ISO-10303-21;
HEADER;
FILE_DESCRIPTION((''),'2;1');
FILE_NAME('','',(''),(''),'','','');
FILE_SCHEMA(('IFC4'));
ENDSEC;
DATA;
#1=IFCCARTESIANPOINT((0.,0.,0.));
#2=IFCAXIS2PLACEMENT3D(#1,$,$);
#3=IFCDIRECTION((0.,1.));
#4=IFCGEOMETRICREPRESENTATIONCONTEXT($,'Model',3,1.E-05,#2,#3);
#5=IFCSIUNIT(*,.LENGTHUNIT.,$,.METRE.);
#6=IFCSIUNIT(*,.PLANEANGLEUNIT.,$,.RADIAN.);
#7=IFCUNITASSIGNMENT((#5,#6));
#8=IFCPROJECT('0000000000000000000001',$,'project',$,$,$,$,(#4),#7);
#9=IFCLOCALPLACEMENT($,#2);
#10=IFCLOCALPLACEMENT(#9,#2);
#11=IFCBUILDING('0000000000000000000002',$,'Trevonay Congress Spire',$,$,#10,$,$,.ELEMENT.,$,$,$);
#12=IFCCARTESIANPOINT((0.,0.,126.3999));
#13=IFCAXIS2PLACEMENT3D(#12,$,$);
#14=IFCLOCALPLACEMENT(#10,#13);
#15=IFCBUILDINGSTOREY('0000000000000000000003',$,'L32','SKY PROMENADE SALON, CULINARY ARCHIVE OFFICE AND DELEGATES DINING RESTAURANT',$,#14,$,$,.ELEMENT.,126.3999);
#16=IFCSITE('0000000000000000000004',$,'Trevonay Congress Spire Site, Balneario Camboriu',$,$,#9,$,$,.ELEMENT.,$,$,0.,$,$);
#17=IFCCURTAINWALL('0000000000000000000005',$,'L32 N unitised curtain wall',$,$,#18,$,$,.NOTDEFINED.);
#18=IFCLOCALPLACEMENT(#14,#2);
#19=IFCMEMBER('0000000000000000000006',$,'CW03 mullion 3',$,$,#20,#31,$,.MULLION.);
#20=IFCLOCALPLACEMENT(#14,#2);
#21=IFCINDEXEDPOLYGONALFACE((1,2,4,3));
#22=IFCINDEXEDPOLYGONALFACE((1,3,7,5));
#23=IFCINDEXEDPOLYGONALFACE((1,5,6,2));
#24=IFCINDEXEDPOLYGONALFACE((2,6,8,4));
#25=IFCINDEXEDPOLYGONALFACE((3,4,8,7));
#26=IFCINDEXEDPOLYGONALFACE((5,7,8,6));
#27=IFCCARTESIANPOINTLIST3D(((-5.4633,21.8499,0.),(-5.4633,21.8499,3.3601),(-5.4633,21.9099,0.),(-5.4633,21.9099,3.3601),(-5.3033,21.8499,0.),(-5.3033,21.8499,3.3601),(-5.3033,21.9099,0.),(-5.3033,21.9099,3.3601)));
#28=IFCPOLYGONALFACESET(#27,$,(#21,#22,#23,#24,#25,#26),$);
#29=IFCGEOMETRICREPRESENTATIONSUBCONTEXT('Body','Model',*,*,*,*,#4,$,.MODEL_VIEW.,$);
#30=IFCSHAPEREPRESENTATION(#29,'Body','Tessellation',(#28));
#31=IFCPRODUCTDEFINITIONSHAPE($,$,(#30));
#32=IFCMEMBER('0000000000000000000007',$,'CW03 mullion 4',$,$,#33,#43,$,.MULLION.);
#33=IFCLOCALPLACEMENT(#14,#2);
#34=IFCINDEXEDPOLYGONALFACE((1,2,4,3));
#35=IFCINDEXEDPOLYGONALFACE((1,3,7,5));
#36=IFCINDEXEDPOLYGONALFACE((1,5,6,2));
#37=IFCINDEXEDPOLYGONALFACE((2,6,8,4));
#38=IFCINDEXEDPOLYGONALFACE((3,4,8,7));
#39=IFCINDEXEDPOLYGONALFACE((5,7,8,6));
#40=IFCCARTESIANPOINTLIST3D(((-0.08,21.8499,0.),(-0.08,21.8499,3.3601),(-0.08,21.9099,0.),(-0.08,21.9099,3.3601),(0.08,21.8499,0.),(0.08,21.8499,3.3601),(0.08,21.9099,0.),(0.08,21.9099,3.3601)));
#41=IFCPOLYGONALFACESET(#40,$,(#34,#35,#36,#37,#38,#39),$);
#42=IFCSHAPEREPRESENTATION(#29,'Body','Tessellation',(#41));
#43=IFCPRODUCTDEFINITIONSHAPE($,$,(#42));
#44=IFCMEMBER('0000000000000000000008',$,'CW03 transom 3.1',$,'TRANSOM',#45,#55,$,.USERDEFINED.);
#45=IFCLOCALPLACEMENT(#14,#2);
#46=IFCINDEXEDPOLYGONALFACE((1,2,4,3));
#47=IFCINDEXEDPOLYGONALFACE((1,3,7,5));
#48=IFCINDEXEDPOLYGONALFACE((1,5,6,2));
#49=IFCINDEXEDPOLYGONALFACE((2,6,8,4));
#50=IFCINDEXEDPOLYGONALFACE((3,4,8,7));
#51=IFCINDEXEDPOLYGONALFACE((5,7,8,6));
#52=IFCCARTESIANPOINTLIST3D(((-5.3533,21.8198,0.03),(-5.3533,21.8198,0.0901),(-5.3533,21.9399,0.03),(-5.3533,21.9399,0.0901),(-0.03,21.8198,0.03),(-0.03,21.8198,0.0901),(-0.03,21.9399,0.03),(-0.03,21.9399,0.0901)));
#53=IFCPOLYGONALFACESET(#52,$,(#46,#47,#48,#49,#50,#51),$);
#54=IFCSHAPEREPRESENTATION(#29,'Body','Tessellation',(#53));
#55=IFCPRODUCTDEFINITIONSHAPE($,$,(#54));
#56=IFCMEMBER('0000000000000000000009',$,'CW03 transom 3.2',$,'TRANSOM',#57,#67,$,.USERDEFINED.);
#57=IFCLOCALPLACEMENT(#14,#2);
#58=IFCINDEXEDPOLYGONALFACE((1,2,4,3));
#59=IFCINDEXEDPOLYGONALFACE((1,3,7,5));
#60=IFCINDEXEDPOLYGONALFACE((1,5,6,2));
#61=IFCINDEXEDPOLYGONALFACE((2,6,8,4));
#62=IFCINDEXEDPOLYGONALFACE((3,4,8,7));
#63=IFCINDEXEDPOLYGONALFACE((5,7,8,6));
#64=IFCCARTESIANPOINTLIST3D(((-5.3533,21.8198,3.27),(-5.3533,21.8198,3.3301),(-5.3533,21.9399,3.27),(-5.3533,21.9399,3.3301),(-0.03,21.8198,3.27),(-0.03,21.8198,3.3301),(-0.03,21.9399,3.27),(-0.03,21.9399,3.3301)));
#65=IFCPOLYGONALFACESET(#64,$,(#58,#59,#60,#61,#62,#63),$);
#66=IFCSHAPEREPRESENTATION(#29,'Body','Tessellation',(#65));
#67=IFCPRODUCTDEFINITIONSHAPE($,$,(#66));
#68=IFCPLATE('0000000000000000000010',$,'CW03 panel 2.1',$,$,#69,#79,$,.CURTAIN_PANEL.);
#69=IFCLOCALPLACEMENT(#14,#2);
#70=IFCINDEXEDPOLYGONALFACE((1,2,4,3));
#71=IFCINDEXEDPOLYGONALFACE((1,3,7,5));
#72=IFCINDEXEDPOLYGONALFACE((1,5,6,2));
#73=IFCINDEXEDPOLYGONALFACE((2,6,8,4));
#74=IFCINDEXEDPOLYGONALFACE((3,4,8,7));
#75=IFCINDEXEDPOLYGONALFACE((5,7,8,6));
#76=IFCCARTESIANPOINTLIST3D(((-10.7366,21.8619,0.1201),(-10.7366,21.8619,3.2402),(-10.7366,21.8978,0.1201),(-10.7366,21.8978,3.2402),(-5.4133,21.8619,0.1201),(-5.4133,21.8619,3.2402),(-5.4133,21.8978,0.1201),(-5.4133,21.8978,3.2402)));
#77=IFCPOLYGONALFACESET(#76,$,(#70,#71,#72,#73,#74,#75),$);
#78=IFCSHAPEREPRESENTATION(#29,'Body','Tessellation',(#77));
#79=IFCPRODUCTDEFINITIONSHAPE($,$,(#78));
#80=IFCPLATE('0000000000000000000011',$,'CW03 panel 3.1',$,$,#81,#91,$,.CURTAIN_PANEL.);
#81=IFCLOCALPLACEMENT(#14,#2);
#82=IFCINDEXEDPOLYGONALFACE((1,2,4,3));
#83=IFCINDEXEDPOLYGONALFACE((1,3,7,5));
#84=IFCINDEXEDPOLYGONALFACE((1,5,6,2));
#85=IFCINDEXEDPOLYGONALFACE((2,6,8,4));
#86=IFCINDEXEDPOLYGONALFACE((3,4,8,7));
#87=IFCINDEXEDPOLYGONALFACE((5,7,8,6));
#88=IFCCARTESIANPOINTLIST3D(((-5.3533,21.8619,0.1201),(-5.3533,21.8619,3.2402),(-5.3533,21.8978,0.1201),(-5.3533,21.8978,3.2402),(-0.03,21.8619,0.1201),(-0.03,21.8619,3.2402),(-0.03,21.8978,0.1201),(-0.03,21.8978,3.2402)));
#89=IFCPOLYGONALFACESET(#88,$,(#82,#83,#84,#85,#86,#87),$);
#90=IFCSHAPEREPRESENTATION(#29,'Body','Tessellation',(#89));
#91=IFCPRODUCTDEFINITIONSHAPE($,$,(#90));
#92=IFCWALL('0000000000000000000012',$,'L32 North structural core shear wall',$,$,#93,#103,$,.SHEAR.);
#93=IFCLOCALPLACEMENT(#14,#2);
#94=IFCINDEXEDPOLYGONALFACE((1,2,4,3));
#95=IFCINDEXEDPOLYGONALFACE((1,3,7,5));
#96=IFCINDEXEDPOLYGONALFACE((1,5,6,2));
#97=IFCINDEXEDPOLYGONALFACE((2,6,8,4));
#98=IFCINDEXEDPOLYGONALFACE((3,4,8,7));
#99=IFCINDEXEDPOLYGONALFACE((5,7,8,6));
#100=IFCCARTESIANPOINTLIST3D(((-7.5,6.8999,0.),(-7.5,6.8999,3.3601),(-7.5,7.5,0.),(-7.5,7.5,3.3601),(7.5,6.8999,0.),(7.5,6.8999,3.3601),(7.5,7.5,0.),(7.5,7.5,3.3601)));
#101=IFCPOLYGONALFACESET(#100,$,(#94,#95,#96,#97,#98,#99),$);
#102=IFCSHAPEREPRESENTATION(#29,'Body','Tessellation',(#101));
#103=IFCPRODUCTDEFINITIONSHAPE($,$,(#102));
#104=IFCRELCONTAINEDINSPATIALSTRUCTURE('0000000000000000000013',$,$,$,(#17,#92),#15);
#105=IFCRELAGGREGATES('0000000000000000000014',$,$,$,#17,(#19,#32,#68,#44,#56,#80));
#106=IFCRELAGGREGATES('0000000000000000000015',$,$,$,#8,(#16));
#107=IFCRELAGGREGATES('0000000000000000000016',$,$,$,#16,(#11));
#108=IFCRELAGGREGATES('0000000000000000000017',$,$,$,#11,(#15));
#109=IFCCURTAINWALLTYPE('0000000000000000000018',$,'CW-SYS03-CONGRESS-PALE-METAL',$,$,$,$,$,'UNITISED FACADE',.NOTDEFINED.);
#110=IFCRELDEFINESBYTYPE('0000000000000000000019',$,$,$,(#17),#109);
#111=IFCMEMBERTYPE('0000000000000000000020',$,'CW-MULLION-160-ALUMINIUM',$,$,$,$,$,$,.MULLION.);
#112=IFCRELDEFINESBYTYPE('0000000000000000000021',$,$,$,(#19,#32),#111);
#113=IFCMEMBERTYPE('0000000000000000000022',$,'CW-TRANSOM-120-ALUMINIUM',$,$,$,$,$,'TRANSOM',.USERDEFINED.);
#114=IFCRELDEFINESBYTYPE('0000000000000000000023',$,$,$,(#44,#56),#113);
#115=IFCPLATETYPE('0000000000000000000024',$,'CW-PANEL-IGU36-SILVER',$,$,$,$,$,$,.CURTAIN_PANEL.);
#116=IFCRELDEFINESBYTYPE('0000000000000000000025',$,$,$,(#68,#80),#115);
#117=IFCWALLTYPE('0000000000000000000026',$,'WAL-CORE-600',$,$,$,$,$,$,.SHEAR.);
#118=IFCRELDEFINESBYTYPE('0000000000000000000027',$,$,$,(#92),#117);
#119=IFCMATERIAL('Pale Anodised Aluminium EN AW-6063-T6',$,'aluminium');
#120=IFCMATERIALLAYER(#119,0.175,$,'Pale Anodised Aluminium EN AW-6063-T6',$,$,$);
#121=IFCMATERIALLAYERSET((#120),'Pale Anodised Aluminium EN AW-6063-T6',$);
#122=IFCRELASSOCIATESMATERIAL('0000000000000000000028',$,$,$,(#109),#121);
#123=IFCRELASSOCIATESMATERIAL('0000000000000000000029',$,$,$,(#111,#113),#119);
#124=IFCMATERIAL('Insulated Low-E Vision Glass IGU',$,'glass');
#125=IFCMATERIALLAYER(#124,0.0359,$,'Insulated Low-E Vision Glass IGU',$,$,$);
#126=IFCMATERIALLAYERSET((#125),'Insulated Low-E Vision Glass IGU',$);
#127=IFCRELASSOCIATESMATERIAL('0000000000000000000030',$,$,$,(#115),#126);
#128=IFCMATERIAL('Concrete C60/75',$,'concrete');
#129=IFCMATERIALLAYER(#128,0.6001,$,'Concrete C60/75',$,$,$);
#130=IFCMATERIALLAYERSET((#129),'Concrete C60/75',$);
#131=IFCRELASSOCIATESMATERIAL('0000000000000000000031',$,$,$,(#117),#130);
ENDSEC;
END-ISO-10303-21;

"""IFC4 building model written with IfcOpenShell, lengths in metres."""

from ifc_helpers import new_model, si_unit, direction, frame, frame_2d, origin, origin_2d, place, context, subcontext, project, spatial, rectangle, extrude, material, layer, layer_set, material_profile, profile_set, type_object, element, aggregate, save


model = new_model("IFC4")

# Units and contexts
model_context = context("Model", 3, precision=1e-05, world=origin(), true_north=direction((0.0, 1.0)))
body_context = subcontext(model_context, "Body", "Model", "MODEL_VIEW")
ifc_project = project(units=[si_unit("LENGTHUNIT", "METRE"), si_unit("PLANEANGLEUNIT", "RADIAN")], contexts=[model_context])

# Site, building, storey
site_placement = place(None, origin())
site = spatial("IfcSite", under=ifc_project, at=site_placement, Name="Trevonay Congress Spire Site, Balneario Camboriu", CompositionType="ELEMENT", RefElevation=0.0)
building_placement = place(site_placement, origin())
building = spatial("IfcBuilding", under=site, at=building_placement, Name="Trevonay Congress Spire", CompositionType="ELEMENT")
storey_placement = place(building_placement, frame((0.0, 0.0, 126.3999)))
storey = spatial("IfcBuildingStorey", under=building, at=storey_placement, Name="L32", Description="SKY PROMENADE SALON, CULINARY ARCHIVE OFFICE AND DELEGATES DINING RESTAURANT", CompositionType="ELEMENT", Elevation=126.3999)

# Curtain wall, members, plates
ifc_material_1 = material(Name="Pale Anodised Aluminium EN AW-6063-T6", Category="aluminium")
ifc_layer_1 = layer(ifc_material_1, 0.175, Name="Pale Anodised Aluminium EN AW-6063-T6")
ifc_layer_set_1 = layer_set([ifc_layer_1], Name="Pale Anodised Aluminium EN AW-6063-T6")
curtain_wall_type = type_object("IfcCurtainWallType", Name="CW-SYS03-CONGRESS-PALE-METAL", ElementType="UNITISED FACADE", PredefinedType="NOTDEFINED", material=ifc_layer_set_1)
curtain_wall_placement = place(storey_placement, origin())
curtain_wall = element("IfcCurtainWall", 1, at=curtain_wall_placement, inside=storey, type_object=curtain_wall_type, Name="L32 N unitised curtain wall", PredefinedType="NOTDEFINED")
ifc_material_profile_1 = material_profile(ifc_material_1, rectangle(XDim=0.0601, YDim=0.1599, at=origin_2d()), Name="CW-MULLION-160-ALUMINIUM")
ifc_profile_set_1 = profile_set([ifc_material_profile_1], Name="Pale Anodised Aluminium EN AW-6063-T6")
member_type_1 = type_object("IfcMemberType", Name="CW-MULLION-160-ALUMINIUM", PredefinedType="MULLION", material=ifc_profile_set_1)
member_1_placement = place(storey_placement, frame((-5.3833, 21.8799, 0.0), z_axis=(0.0, 0.0, 1.0), x_axis=(0.0, 1.0, 0.0)))
member_1 = element("IfcMember", 2, at=member_1_placement, type_object=member_type_1, Name="CW03 mullion 3", PredefinedType="MULLION", context=body_context, shape_type="SweptSolid", body=[
    extrude(rectangle(XDim=0.0601, YDim=0.1599, at=origin_2d()), origin(), (0.0, 0.0, 1.0), 3.3601),
])
member_2_placement = place(storey_placement, frame((0.0, 21.8799, 0.0), z_axis=(0.0, 0.0, 1.0), x_axis=(0.0, 1.0, 0.0)))
member_2 = element("IfcMember", 3, at=member_2_placement, type_object=member_type_1, Name="CW03 mullion 4", PredefinedType="MULLION", context=body_context, shape_type="SweptSolid", body=[
    extrude(rectangle(XDim=0.0601, YDim=0.1599, at=origin_2d()), origin(), (0.0, 0.0, 1.0), 3.3601),
])
ifc_material_profile_2 = material_profile(ifc_material_1, rectangle(XDim=0.1201, YDim=0.0601, at=origin_2d()), Name="CW-TRANSOM-120-ALUMINIUM")
ifc_profile_set_2 = profile_set([ifc_material_profile_2], Name="Pale Anodised Aluminium EN AW-6063-T6")
member_type_2 = type_object("IfcMemberType", Name="CW-TRANSOM-120-ALUMINIUM", ElementType="TRANSOM", PredefinedType="USERDEFINED", material=ifc_profile_set_2)
member_3_placement = place(storey_placement, frame((-5.3533, 21.8799, 0.0601), z_axis=(1.0, 0.0, 0.0), x_axis=(0.0, 1.0, 0.0)))
member_3 = element("IfcMember", 4, at=member_3_placement, type_object=member_type_2, Name="CW03 transom 3.1", ObjectType="TRANSOM", PredefinedType="USERDEFINED", context=body_context, shape_type="SweptSolid", body=[
    extrude(rectangle(XDim=0.1201, YDim=0.0601, at=origin_2d()), origin(), (0.0, 0.0, 1.0), 5.3232),
])
member_4_placement = place(storey_placement, frame((-5.3533, 21.8799, 3.3), z_axis=(1.0, 0.0, 0.0), x_axis=(0.0, 1.0, 0.0)))
member_4 = element("IfcMember", 5, at=member_4_placement, type_object=member_type_2, Name="CW03 transom 3.2", ObjectType="TRANSOM", PredefinedType="USERDEFINED", context=body_context, shape_type="SweptSolid", body=[
    extrude(rectangle(XDim=0.1201, YDim=0.0601, at=origin_2d()), origin(), (0.0, 0.0, 1.0), 5.3232),
])
ifc_material_2 = material(Name="Insulated Low-E Vision Glass IGU", Category="glass")
ifc_layer_2 = layer(ifc_material_2, 0.0359, Name="Insulated Low-E Vision Glass IGU")
ifc_layer_set_2 = layer_set([ifc_layer_2], Name="Insulated Low-E Vision Glass IGU")
plate_type = type_object("IfcPlateType", Name="CW-PANEL-IGU36-SILVER", PredefinedType="CURTAIN_PANEL", material=ifc_layer_set_2)
plate_1_placement = place(storey_placement, frame((-8.075, 21.8799, 0.1201), z_axis=(0.0, 0.0, 1.0), x_axis=(1.0, 0.0, 0.0)))
plate_1 = element("IfcPlate", 6, at=plate_1_placement, type_object=plate_type, Name="CW03 panel 2.1", PredefinedType="CURTAIN_PANEL", context=body_context, shape_type="SweptSolid", body=[
    extrude(rectangle(XDim=5.3232, YDim=0.0359, at=origin_2d()), origin(), (0.0, 0.0, 1.0), 3.1201),
])
plate_2_placement = place(storey_placement, frame((-2.6917, 21.8799, 0.1201), z_axis=(0.0, 0.0, 1.0), x_axis=(1.0, 0.0, 0.0)))
plate_2 = element("IfcPlate", 7, at=plate_2_placement, type_object=plate_type, Name="CW03 panel 3.1", PredefinedType="CURTAIN_PANEL", context=body_context, shape_type="SweptSolid", body=[
    extrude(rectangle(XDim=5.3232, YDim=0.0359, at=origin_2d()), origin(), (0.0, 0.0, 1.0), 3.1201),
])
aggregate(curtain_wall, [member_1, member_2, plate_1, member_3, member_4, plate_2])

# Wall
ifc_material_3 = material(Name="Concrete C60/75", Category="concrete")
ifc_layer_3 = layer(ifc_material_3, 0.6001, Name="Concrete C60/75")
ifc_layer_set_3 = layer_set([ifc_layer_3], Name="Concrete C60/75")
wall_type_1 = type_object("IfcWallType", Name="WAL-CORE-600", PredefinedType="SHEAR", material=ifc_layer_set_3)
wall_1_placement = place(storey_placement, frame((-7.5, 7.2, 0.0), z_axis=(0.0, 0.0, 1.0), x_axis=(1.0, 0.0, 0.0)))
element("IfcWall", 8, at=wall_1_placement, inside=storey, type_object=wall_type_1, Name="L32 North structural core shear wall", PredefinedType="SHEAR", context=body_context, shape_type="SweptSolid", body=[
    extrude(rectangle(XDim=15.0, YDim=0.6001, at=frame_2d((7.5, 0.0))), origin(), (0.0, 0.0, 1.0), 3.3601),
])

save(model, "model.ifc")
